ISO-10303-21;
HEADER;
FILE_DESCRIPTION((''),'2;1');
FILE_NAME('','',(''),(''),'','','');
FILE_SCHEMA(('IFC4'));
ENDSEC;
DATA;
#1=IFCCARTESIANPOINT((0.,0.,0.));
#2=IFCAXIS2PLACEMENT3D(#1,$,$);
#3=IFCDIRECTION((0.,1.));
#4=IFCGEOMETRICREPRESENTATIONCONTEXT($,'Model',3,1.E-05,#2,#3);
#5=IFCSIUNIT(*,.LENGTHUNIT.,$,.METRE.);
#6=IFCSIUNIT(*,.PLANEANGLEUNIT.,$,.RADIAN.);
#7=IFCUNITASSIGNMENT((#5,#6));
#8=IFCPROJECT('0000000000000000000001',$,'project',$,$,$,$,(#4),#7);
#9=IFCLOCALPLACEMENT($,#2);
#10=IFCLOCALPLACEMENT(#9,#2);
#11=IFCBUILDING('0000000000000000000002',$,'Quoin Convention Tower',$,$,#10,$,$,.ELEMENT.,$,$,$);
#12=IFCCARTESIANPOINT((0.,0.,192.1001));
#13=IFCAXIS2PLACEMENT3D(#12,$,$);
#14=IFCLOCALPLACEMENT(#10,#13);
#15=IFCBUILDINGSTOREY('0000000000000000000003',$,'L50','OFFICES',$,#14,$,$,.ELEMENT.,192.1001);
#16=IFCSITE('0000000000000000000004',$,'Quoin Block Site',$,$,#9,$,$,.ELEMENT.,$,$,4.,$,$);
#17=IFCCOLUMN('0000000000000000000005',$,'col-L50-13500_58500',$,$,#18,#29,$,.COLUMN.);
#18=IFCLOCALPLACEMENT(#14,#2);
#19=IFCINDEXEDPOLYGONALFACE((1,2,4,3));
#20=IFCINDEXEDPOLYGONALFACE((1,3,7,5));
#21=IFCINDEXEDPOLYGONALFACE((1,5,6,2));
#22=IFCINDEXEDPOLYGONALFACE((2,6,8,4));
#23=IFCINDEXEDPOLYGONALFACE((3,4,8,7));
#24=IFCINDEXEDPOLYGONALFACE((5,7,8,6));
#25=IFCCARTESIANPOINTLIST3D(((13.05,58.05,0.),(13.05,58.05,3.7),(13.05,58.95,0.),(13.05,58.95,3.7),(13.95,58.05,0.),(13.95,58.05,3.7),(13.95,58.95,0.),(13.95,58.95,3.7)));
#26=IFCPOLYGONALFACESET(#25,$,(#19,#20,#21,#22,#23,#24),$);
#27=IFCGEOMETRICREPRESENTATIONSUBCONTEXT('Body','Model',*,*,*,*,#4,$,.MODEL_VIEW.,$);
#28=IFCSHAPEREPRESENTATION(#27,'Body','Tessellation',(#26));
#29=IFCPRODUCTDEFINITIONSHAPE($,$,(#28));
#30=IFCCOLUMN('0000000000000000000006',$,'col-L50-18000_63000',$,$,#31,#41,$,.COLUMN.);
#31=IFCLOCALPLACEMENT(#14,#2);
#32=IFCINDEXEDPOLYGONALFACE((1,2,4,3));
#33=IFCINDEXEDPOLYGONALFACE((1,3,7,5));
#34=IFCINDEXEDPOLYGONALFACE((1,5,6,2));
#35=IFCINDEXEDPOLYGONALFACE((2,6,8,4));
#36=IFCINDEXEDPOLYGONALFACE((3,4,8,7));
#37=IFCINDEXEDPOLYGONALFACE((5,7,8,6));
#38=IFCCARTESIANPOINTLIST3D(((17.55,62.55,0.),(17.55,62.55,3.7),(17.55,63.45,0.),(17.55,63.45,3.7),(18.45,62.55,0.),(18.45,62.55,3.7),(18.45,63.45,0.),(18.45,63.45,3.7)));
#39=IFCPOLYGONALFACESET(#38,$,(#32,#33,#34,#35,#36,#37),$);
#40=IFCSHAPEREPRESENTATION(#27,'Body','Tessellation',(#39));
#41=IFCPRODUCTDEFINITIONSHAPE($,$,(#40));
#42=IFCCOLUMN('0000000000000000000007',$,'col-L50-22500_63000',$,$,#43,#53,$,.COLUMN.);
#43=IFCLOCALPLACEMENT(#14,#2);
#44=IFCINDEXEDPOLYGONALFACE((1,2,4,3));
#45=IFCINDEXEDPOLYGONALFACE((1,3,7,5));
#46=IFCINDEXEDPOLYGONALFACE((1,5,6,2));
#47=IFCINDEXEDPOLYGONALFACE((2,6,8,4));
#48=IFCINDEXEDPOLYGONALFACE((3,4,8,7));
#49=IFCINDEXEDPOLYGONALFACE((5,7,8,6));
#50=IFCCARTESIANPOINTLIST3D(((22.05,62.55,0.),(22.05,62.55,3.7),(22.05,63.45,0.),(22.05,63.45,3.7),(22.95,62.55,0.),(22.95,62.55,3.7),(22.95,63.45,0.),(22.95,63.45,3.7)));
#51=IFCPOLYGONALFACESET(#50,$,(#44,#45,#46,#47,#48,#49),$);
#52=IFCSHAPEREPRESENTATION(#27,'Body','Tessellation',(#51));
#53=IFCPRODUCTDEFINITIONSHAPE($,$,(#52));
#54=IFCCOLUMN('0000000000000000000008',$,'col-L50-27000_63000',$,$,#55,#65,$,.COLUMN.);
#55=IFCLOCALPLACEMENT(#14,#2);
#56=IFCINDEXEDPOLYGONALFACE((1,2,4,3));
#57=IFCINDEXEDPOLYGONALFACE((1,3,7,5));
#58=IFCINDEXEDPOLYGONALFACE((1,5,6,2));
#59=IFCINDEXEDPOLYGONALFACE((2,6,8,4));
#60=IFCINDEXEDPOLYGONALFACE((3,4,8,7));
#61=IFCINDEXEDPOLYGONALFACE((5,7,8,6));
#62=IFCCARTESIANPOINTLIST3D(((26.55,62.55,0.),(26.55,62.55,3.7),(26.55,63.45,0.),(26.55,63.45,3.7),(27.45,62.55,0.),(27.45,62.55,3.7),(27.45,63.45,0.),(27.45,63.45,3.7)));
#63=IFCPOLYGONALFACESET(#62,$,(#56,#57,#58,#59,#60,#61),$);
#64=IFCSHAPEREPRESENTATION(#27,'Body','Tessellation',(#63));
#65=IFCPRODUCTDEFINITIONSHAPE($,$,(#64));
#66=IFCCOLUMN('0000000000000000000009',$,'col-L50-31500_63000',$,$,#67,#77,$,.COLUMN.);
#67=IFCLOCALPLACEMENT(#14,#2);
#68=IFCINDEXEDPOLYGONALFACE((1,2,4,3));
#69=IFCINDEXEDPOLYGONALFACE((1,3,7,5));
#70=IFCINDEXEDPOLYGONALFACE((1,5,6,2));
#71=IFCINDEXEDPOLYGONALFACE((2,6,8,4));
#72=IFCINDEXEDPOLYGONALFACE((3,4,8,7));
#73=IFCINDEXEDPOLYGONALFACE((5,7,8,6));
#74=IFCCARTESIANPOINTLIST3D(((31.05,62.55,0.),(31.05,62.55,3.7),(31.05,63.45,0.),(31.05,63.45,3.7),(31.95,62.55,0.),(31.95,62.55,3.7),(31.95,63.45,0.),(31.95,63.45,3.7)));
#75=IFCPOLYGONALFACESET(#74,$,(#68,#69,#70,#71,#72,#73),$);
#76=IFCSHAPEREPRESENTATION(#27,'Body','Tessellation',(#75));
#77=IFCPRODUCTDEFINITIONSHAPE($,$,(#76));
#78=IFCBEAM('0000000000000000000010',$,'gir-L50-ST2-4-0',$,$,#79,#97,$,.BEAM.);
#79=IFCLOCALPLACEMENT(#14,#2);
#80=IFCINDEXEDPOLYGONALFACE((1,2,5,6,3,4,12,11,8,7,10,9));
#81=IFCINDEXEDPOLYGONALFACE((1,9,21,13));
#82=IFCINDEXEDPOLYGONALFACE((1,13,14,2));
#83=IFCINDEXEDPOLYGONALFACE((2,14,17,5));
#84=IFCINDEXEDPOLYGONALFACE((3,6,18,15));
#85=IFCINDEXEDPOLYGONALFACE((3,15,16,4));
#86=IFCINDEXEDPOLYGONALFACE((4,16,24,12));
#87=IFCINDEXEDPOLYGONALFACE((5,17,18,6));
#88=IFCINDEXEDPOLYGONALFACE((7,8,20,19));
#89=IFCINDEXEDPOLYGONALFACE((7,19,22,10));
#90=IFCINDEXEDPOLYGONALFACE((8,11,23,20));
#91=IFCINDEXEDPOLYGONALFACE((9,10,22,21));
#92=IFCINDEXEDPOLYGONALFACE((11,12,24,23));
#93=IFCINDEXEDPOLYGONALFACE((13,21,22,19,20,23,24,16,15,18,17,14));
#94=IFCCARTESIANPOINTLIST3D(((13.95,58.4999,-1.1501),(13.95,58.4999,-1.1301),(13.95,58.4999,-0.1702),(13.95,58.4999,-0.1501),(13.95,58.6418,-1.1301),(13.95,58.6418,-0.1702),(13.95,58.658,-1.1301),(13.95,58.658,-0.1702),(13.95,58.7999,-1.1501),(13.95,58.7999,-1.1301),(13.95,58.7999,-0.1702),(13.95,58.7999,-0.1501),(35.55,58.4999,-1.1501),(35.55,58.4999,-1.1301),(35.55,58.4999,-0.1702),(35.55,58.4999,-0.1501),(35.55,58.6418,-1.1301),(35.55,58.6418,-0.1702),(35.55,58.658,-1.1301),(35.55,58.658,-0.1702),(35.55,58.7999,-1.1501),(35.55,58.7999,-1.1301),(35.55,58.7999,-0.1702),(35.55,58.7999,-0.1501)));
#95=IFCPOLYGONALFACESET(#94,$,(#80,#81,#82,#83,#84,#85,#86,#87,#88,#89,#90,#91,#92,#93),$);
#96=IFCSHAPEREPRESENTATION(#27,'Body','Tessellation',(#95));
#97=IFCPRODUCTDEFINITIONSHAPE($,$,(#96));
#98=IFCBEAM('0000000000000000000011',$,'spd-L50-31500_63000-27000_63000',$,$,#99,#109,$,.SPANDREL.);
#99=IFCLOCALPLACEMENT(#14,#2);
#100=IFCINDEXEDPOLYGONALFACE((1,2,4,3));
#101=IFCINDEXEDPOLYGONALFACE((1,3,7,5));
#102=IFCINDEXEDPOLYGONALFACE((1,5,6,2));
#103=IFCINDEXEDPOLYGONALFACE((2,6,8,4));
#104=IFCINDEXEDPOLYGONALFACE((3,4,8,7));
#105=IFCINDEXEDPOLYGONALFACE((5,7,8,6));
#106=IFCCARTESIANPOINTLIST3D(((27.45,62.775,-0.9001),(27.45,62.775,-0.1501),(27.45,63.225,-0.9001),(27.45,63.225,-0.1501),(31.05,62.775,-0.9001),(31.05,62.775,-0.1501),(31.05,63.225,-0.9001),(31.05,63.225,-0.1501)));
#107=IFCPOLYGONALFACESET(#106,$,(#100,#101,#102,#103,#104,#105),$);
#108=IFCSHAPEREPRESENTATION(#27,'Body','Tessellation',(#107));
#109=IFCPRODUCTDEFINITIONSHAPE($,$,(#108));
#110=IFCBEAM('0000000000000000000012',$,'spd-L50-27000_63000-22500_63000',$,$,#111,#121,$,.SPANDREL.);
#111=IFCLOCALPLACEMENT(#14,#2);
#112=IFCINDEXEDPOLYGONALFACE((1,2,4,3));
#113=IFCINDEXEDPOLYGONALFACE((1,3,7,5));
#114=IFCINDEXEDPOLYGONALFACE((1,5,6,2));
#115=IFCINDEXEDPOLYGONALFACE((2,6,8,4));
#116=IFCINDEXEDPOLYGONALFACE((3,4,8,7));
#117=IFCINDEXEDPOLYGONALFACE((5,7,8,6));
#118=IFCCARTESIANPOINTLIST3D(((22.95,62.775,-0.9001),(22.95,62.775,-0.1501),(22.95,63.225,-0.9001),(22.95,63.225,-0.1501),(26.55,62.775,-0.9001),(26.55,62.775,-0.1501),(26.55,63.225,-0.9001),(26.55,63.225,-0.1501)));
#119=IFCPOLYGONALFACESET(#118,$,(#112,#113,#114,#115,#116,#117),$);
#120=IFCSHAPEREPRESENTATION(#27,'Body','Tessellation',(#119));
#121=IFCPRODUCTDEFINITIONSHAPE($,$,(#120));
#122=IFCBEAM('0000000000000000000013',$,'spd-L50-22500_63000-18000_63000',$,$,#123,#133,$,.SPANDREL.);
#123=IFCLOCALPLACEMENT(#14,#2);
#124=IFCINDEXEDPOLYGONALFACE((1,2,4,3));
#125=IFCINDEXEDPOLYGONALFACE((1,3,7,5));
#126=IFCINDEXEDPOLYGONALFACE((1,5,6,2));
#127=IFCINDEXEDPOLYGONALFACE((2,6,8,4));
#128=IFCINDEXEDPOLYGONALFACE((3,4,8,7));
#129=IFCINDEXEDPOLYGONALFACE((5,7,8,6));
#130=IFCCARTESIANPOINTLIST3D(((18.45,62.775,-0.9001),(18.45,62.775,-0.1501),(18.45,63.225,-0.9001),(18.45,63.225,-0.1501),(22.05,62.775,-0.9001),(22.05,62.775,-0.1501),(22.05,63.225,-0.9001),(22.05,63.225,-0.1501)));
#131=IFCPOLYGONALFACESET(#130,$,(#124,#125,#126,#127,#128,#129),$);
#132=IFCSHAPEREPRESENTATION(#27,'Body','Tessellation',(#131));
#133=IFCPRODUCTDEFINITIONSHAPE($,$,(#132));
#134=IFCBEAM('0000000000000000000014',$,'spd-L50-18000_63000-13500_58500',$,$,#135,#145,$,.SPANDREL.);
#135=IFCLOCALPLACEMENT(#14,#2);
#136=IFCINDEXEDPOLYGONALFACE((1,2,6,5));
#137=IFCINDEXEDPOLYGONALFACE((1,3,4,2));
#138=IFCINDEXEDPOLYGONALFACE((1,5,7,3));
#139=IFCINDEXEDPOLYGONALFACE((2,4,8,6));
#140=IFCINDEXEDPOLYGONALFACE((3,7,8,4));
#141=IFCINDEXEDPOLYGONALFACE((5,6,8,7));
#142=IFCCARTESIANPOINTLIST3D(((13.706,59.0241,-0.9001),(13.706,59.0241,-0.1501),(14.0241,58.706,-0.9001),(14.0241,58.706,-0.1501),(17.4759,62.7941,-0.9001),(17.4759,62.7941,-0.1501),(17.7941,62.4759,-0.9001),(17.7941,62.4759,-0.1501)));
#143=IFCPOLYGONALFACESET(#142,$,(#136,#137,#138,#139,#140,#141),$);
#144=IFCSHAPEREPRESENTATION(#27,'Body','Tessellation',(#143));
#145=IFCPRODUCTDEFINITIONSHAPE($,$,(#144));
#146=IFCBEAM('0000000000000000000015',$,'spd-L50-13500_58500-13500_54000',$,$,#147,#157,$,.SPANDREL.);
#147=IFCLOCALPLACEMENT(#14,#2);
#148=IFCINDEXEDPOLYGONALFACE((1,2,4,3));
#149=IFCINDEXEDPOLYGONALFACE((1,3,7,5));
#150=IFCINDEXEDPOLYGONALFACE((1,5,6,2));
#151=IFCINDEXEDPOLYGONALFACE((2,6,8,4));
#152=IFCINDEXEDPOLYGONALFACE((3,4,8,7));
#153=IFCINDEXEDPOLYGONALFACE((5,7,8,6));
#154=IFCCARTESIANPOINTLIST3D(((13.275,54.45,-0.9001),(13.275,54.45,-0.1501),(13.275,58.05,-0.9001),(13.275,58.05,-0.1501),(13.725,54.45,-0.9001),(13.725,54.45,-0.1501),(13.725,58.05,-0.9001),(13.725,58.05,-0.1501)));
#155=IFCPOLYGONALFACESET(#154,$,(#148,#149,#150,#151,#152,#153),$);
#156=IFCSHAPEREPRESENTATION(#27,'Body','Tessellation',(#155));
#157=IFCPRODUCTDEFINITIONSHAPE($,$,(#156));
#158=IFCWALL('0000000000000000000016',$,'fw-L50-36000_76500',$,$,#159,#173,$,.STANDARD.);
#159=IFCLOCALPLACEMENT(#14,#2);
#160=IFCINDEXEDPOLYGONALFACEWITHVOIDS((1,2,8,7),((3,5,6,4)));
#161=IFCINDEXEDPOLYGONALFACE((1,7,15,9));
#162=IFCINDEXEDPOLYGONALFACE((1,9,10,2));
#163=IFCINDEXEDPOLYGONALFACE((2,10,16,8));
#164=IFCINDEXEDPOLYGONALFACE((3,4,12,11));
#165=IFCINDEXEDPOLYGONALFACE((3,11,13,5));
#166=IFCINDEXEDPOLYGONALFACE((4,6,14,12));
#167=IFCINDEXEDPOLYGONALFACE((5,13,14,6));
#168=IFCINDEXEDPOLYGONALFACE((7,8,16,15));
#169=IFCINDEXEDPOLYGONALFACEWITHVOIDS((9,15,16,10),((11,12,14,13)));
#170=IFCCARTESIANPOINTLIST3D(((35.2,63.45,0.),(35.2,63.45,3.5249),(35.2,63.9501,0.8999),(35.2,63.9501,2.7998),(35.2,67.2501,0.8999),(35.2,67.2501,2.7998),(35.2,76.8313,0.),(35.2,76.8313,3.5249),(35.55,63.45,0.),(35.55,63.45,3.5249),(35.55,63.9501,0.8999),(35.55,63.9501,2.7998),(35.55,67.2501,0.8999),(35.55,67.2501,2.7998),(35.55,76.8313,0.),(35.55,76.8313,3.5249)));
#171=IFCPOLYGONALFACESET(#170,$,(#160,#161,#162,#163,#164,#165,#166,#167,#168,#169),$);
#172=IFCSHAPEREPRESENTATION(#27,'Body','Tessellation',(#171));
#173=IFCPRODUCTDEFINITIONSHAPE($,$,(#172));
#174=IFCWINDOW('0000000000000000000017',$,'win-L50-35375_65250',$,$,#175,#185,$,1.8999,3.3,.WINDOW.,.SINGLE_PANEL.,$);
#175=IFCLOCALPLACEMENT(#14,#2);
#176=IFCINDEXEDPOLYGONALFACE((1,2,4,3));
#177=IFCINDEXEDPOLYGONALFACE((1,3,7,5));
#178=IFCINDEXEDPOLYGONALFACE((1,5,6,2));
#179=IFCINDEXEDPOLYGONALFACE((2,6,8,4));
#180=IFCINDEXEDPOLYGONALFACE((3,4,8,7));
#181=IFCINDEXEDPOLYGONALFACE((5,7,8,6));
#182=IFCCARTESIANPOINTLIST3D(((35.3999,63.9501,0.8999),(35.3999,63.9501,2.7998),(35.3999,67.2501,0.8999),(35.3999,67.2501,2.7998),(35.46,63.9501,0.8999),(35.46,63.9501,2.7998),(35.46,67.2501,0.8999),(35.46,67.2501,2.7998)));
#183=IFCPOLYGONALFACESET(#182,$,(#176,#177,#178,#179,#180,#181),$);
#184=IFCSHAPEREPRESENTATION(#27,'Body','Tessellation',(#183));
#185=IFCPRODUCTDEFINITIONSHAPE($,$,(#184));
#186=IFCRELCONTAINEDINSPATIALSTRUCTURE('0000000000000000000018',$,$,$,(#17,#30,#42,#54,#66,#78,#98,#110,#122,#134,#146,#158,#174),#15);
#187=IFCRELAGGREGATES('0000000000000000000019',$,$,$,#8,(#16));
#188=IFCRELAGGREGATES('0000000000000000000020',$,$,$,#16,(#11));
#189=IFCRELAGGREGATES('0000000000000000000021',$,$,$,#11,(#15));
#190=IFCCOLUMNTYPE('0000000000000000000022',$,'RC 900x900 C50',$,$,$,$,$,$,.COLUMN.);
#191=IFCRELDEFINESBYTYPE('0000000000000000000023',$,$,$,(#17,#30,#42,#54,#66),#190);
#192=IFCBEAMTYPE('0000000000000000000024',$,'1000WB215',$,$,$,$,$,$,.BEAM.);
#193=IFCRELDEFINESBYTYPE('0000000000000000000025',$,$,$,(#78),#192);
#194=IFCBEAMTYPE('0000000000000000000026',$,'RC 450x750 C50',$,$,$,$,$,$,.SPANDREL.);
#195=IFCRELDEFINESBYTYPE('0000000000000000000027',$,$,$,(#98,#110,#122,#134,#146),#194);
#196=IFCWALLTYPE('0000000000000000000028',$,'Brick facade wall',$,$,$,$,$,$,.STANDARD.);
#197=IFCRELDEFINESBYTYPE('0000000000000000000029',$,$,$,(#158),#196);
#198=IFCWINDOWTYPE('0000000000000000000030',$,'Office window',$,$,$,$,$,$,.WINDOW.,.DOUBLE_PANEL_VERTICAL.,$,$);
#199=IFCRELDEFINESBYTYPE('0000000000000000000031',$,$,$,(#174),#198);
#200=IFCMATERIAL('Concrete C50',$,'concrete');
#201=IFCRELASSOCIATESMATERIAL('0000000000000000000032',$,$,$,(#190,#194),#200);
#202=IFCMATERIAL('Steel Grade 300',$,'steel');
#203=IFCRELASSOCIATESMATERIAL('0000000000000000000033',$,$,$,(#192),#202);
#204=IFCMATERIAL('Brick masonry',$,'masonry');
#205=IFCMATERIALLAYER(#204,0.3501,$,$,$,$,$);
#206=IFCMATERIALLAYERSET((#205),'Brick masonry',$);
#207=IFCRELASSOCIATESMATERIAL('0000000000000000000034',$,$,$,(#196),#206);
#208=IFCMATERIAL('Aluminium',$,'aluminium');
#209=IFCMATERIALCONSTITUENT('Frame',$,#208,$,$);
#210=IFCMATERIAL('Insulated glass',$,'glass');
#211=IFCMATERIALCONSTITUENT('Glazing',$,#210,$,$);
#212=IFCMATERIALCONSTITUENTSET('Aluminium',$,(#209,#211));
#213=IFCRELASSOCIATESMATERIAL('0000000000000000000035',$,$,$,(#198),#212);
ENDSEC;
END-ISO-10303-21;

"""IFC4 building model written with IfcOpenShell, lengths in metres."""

from ifc_helpers import new_model, si_unit, direction, frame, frame_2d, origin, origin_2d, place, context, subcontext, project, spatial, rectangle, i_section, extrude, material, layer, layer_set, constituent, constituent_set, material_profile, profile_set, type_object, element, fill, save


model = new_model("IFC4")

# Units and contexts
model_context = context("Model", 3, precision=1e-05, world=origin(), true_north=direction((0.0, 1.0)))
body_context = subcontext(model_context, "Body", "Model", "MODEL_VIEW")
ifc_project = project(units=[si_unit("LENGTHUNIT", "METRE"), si_unit("PLANEANGLEUNIT", "RADIAN")], contexts=[model_context])

# Site, building, storey
site_placement = place(None, origin())
site = spatial("IfcSite", under=ifc_project, at=site_placement, Name="Quoin Block Site", CompositionType="ELEMENT", RefElevation=4.0)
building_placement = place(site_placement, origin())
building = spatial("IfcBuilding", under=site, at=building_placement, Name="Quoin Convention Tower", CompositionType="ELEMENT")
storey_placement = place(building_placement, frame((0.0, 0.0, 192.1001)))
storey = spatial("IfcBuildingStorey", under=building, at=storey_placement, Name="L50", Description="OFFICES", CompositionType="ELEMENT", Elevation=192.1001)

# Columns
ifc_material_1 = material(Name="Concrete C50", Category="concrete")
ifc_material_profile_1 = material_profile(ifc_material_1, rectangle(XDim=0.8999, YDim=0.8999, at=origin_2d()), Name="RC 900x900")
ifc_profile_set_1 = profile_set([ifc_material_profile_1], Name="Concrete C50")
column_type = type_object("IfcColumnType", Name="RC 900x900 C50", PredefinedType="COLUMN", material=ifc_profile_set_1)
for number, where, z_axis, x_axis, name in (
    (1, (13.5, 58.5, 0.0), (0.0, 0.0, 1.0), (1.0, 0.0, 0.0), "col-L50-13500_58500"),
    (2, (18.0, 63.0, 0.0), (0.0, 0.0, 1.0), (1.0, 0.0, 0.0), "col-L50-18000_63000"),
    (3, (22.5, 63.0, 0.0), (0.0, 0.0, 1.0), (1.0, 0.0, 0.0), "col-L50-22500_63000"),
    (4, (27.0, 63.0, 0.0), (0.0, 0.0, 1.0), (1.0, 0.0, 0.0), "col-L50-27000_63000"),
    (5, (31.5, 63.0, 0.0), (0.0, 0.0, 1.0), (1.0, 0.0, 0.0), "col-L50-31500_63000"),
):
    element("IfcColumn", number, at=place(storey_placement, frame(where, z_axis=z_axis, x_axis=x_axis)), inside=storey, type_object=column_type, Name=name, PredefinedType="COLUMN", context=body_context, shape_type="SweptSolid", body=[
        extrude(rectangle(XDim=0.8999, YDim=0.8999, at=origin_2d()), origin(), (0.0, 0.0, 1.0), 3.7),
    ])

# Beams
ifc_material_2 = material(Name="Steel Grade 300", Category="steel")
ifc_material_profile_2 = material_profile(ifc_material_2, i_section(OverallWidth=0.3, OverallDepth=1.0, WebThickness=0.0161, FlangeThickness=0.02, at=origin_2d()), Name="1000WB215")
ifc_profile_set_2 = profile_set([ifc_material_profile_2], Name="Steel Grade 300")
beam_type_1 = type_object("IfcBeamType", Name="1000WB215", PredefinedType="BEAM", material=ifc_profile_set_2)
beam_1_placement = place(storey_placement, frame((13.95, 58.6499, -0.6501), z_axis=(1.0, 0.0, 0.0), x_axis=(0.0, 1.0, 0.0)))
element("IfcBeam", 6, at=beam_1_placement, inside=storey, type_object=beam_type_1, Name="gir-L50-ST2-4-0", PredefinedType="BEAM", context=body_context, shape_type="SweptSolid", body=[
    extrude(i_section(OverallWidth=0.3, OverallDepth=1.0, WebThickness=0.0161, FlangeThickness=0.02, at=origin_2d()), origin(), (0.0, 0.0, 1.0), 21.6001),
])
ifc_material_profile_3 = material_profile(ifc_material_1, rectangle(XDim=0.45, YDim=0.75, at=origin_2d()), Name="RC 450x750")
ifc_profile_set_3 = profile_set([ifc_material_profile_3], Name="Concrete C50")
beam_type_2 = type_object("IfcBeamType", Name="RC 450x750 C50", PredefinedType="SPANDREL", material=ifc_profile_set_3)
for number, where, z_axis, x_axis, name in (
    (7, (31.05, 63.0, -0.5251), (-1.0, 0.0, 0.0), (0.0, -1.0, 0.0), "spd-L50-31500_63000-27000_63000"),
    (8, (26.55, 63.0, -0.5251), (-1.0, 0.0, 0.0), (0.0, -1.0, 0.0), "spd-L50-27000_63000-22500_63000"),
    (9, (22.05, 63.0, -0.5251), (-1.0, 0.0, 0.0), (0.0, -1.0, 0.0), "spd-L50-22500_63000-18000_63000"),
):
    element("IfcBeam", number, at=place(storey_placement, frame(where, z_axis=z_axis, x_axis=x_axis)), inside=storey, type_object=beam_type_2, Name=name, PredefinedType="SPANDREL", context=body_context, shape_type="SweptSolid", body=[
        extrude(rectangle(XDim=0.45, YDim=0.75, at=origin_2d()), origin(), (0.0, 0.0, 1.0), 3.6001),
    ])
beam_2_placement = place(storey_placement, frame((17.635, 62.635, -0.5251), z_axis=(-0.707107, -0.707107, 0.0), x_axis=(0.707107, -0.707107, 0.0)))
element("IfcBeam", 10, at=beam_2_placement, inside=storey, type_object=beam_type_2, Name="spd-L50-18000_63000-13500_58500", PredefinedType="SPANDREL", context=body_context, shape_type="SweptSolid", body=[
    extrude(rectangle(XDim=0.45, YDim=0.75, at=origin_2d()), origin(), (0.0, 0.0, 1.0), 5.3315),
])
beam_3_placement = place(storey_placement, frame((13.5, 58.05, -0.5251), z_axis=(0.0, -1.0, 0.0), x_axis=(1.0, 0.0, 0.0)))
element("IfcBeam", 11, at=beam_3_placement, inside=storey, type_object=beam_type_2, Name="spd-L50-13500_58500-13500_54000", PredefinedType="SPANDREL", context=body_context, shape_type="SweptSolid", body=[
    extrude(rectangle(XDim=0.45, YDim=0.75, at=origin_2d()), origin(), (0.0, 0.0, 1.0), 3.6001),
])

# Wall, opening, window
ifc_material_3 = material(Name="Brick masonry", Category="masonry")
ifc_layer_1 = layer(ifc_material_3, 0.3501)
ifc_layer_set_1 = layer_set([ifc_layer_1], Name="Brick masonry")
wall_type_1 = type_object("IfcWallType", Name="Brick facade wall", PredefinedType="STANDARD", material=ifc_layer_set_1)
wall_1_placement = place(storey_placement, frame((35.375, 76.8313, 0.0), z_axis=(0.0, 0.0, 1.0), x_axis=(0.0, -1.0, 0.0)))
wall_1 = element("IfcWall", 12, at=wall_1_placement, inside=storey, type_object=wall_type_1, Name="fw-L50-36000_76500", PredefinedType="STANDARD", context=body_context, shape_type="SweptSolid", body=[
    extrude(rectangle(XDim=13.3813, YDim=0.3501, at=frame_2d((6.6907, 0.0))), origin(), (0.0, 0.0, 1.0), 3.5249),
])
opening_1_placement = place(wall_1_placement, frame((9.5813, 0.0, 0.8999)))
opening_1 = element("IfcOpeningElement", 13, at=opening_1_placement, cuts=wall_1, PredefinedType="OPENING", context=body_context, shape_type="SweptSolid", body=[
    extrude(rectangle(XDim=3.3, YDim=1.8999, at=frame_2d((1.6499, 0.95))), frame((0.0, 0.1851, 0.0), z_axis=(0.0, -1.0, 0.0), x_axis=(1.0, 0.0, 0.0)), (0.0, 0.0, 1.0), 0.3701),
])
ifc_material_4 = material(Name="Aluminium", Category="aluminium")
ifc_constituent_1 = constituent(ifc_material_4, Name="Frame")
ifc_material_5 = material(Name="Insulated glass", Category="glass")
ifc_constituent_2 = constituent(ifc_material_5, Name="Glazing")
ifc_constituent_set = constituent_set(constituents=[ifc_constituent_1, ifc_constituent_2], Name="Aluminium")
window_type = type_object("IfcWindowType", Name="Office window", PartitioningType="DOUBLE_PANEL_VERTICAL", PredefinedType="WINDOW", material=ifc_constituent_set)
window_1_placement = place(opening_1_placement, origin())
window_1 = element("IfcWindow", 14, at=window_1_placement, inside=storey, type_object=window_type, Name="win-L50-35375_65250", OverallHeight=1.8999, OverallWidth=3.3, PartitioningType="SINGLE_PANEL", PredefinedType="WINDOW", context=body_context, shape_type="SweptSolid", body=[
    extrude(rectangle(XDim=3.3, YDim=1.8999, at=frame_2d((1.6499, 0.95))), frame((0.0, 0.085, 0.0), z_axis=(0.0, -1.0, 0.0), x_axis=(1.0, 0.0, 0.0)), (0.0, 0.0, 1.0), 0.0601),
])
fill(opening_1, window_1)

save(model, "model.ifc")
